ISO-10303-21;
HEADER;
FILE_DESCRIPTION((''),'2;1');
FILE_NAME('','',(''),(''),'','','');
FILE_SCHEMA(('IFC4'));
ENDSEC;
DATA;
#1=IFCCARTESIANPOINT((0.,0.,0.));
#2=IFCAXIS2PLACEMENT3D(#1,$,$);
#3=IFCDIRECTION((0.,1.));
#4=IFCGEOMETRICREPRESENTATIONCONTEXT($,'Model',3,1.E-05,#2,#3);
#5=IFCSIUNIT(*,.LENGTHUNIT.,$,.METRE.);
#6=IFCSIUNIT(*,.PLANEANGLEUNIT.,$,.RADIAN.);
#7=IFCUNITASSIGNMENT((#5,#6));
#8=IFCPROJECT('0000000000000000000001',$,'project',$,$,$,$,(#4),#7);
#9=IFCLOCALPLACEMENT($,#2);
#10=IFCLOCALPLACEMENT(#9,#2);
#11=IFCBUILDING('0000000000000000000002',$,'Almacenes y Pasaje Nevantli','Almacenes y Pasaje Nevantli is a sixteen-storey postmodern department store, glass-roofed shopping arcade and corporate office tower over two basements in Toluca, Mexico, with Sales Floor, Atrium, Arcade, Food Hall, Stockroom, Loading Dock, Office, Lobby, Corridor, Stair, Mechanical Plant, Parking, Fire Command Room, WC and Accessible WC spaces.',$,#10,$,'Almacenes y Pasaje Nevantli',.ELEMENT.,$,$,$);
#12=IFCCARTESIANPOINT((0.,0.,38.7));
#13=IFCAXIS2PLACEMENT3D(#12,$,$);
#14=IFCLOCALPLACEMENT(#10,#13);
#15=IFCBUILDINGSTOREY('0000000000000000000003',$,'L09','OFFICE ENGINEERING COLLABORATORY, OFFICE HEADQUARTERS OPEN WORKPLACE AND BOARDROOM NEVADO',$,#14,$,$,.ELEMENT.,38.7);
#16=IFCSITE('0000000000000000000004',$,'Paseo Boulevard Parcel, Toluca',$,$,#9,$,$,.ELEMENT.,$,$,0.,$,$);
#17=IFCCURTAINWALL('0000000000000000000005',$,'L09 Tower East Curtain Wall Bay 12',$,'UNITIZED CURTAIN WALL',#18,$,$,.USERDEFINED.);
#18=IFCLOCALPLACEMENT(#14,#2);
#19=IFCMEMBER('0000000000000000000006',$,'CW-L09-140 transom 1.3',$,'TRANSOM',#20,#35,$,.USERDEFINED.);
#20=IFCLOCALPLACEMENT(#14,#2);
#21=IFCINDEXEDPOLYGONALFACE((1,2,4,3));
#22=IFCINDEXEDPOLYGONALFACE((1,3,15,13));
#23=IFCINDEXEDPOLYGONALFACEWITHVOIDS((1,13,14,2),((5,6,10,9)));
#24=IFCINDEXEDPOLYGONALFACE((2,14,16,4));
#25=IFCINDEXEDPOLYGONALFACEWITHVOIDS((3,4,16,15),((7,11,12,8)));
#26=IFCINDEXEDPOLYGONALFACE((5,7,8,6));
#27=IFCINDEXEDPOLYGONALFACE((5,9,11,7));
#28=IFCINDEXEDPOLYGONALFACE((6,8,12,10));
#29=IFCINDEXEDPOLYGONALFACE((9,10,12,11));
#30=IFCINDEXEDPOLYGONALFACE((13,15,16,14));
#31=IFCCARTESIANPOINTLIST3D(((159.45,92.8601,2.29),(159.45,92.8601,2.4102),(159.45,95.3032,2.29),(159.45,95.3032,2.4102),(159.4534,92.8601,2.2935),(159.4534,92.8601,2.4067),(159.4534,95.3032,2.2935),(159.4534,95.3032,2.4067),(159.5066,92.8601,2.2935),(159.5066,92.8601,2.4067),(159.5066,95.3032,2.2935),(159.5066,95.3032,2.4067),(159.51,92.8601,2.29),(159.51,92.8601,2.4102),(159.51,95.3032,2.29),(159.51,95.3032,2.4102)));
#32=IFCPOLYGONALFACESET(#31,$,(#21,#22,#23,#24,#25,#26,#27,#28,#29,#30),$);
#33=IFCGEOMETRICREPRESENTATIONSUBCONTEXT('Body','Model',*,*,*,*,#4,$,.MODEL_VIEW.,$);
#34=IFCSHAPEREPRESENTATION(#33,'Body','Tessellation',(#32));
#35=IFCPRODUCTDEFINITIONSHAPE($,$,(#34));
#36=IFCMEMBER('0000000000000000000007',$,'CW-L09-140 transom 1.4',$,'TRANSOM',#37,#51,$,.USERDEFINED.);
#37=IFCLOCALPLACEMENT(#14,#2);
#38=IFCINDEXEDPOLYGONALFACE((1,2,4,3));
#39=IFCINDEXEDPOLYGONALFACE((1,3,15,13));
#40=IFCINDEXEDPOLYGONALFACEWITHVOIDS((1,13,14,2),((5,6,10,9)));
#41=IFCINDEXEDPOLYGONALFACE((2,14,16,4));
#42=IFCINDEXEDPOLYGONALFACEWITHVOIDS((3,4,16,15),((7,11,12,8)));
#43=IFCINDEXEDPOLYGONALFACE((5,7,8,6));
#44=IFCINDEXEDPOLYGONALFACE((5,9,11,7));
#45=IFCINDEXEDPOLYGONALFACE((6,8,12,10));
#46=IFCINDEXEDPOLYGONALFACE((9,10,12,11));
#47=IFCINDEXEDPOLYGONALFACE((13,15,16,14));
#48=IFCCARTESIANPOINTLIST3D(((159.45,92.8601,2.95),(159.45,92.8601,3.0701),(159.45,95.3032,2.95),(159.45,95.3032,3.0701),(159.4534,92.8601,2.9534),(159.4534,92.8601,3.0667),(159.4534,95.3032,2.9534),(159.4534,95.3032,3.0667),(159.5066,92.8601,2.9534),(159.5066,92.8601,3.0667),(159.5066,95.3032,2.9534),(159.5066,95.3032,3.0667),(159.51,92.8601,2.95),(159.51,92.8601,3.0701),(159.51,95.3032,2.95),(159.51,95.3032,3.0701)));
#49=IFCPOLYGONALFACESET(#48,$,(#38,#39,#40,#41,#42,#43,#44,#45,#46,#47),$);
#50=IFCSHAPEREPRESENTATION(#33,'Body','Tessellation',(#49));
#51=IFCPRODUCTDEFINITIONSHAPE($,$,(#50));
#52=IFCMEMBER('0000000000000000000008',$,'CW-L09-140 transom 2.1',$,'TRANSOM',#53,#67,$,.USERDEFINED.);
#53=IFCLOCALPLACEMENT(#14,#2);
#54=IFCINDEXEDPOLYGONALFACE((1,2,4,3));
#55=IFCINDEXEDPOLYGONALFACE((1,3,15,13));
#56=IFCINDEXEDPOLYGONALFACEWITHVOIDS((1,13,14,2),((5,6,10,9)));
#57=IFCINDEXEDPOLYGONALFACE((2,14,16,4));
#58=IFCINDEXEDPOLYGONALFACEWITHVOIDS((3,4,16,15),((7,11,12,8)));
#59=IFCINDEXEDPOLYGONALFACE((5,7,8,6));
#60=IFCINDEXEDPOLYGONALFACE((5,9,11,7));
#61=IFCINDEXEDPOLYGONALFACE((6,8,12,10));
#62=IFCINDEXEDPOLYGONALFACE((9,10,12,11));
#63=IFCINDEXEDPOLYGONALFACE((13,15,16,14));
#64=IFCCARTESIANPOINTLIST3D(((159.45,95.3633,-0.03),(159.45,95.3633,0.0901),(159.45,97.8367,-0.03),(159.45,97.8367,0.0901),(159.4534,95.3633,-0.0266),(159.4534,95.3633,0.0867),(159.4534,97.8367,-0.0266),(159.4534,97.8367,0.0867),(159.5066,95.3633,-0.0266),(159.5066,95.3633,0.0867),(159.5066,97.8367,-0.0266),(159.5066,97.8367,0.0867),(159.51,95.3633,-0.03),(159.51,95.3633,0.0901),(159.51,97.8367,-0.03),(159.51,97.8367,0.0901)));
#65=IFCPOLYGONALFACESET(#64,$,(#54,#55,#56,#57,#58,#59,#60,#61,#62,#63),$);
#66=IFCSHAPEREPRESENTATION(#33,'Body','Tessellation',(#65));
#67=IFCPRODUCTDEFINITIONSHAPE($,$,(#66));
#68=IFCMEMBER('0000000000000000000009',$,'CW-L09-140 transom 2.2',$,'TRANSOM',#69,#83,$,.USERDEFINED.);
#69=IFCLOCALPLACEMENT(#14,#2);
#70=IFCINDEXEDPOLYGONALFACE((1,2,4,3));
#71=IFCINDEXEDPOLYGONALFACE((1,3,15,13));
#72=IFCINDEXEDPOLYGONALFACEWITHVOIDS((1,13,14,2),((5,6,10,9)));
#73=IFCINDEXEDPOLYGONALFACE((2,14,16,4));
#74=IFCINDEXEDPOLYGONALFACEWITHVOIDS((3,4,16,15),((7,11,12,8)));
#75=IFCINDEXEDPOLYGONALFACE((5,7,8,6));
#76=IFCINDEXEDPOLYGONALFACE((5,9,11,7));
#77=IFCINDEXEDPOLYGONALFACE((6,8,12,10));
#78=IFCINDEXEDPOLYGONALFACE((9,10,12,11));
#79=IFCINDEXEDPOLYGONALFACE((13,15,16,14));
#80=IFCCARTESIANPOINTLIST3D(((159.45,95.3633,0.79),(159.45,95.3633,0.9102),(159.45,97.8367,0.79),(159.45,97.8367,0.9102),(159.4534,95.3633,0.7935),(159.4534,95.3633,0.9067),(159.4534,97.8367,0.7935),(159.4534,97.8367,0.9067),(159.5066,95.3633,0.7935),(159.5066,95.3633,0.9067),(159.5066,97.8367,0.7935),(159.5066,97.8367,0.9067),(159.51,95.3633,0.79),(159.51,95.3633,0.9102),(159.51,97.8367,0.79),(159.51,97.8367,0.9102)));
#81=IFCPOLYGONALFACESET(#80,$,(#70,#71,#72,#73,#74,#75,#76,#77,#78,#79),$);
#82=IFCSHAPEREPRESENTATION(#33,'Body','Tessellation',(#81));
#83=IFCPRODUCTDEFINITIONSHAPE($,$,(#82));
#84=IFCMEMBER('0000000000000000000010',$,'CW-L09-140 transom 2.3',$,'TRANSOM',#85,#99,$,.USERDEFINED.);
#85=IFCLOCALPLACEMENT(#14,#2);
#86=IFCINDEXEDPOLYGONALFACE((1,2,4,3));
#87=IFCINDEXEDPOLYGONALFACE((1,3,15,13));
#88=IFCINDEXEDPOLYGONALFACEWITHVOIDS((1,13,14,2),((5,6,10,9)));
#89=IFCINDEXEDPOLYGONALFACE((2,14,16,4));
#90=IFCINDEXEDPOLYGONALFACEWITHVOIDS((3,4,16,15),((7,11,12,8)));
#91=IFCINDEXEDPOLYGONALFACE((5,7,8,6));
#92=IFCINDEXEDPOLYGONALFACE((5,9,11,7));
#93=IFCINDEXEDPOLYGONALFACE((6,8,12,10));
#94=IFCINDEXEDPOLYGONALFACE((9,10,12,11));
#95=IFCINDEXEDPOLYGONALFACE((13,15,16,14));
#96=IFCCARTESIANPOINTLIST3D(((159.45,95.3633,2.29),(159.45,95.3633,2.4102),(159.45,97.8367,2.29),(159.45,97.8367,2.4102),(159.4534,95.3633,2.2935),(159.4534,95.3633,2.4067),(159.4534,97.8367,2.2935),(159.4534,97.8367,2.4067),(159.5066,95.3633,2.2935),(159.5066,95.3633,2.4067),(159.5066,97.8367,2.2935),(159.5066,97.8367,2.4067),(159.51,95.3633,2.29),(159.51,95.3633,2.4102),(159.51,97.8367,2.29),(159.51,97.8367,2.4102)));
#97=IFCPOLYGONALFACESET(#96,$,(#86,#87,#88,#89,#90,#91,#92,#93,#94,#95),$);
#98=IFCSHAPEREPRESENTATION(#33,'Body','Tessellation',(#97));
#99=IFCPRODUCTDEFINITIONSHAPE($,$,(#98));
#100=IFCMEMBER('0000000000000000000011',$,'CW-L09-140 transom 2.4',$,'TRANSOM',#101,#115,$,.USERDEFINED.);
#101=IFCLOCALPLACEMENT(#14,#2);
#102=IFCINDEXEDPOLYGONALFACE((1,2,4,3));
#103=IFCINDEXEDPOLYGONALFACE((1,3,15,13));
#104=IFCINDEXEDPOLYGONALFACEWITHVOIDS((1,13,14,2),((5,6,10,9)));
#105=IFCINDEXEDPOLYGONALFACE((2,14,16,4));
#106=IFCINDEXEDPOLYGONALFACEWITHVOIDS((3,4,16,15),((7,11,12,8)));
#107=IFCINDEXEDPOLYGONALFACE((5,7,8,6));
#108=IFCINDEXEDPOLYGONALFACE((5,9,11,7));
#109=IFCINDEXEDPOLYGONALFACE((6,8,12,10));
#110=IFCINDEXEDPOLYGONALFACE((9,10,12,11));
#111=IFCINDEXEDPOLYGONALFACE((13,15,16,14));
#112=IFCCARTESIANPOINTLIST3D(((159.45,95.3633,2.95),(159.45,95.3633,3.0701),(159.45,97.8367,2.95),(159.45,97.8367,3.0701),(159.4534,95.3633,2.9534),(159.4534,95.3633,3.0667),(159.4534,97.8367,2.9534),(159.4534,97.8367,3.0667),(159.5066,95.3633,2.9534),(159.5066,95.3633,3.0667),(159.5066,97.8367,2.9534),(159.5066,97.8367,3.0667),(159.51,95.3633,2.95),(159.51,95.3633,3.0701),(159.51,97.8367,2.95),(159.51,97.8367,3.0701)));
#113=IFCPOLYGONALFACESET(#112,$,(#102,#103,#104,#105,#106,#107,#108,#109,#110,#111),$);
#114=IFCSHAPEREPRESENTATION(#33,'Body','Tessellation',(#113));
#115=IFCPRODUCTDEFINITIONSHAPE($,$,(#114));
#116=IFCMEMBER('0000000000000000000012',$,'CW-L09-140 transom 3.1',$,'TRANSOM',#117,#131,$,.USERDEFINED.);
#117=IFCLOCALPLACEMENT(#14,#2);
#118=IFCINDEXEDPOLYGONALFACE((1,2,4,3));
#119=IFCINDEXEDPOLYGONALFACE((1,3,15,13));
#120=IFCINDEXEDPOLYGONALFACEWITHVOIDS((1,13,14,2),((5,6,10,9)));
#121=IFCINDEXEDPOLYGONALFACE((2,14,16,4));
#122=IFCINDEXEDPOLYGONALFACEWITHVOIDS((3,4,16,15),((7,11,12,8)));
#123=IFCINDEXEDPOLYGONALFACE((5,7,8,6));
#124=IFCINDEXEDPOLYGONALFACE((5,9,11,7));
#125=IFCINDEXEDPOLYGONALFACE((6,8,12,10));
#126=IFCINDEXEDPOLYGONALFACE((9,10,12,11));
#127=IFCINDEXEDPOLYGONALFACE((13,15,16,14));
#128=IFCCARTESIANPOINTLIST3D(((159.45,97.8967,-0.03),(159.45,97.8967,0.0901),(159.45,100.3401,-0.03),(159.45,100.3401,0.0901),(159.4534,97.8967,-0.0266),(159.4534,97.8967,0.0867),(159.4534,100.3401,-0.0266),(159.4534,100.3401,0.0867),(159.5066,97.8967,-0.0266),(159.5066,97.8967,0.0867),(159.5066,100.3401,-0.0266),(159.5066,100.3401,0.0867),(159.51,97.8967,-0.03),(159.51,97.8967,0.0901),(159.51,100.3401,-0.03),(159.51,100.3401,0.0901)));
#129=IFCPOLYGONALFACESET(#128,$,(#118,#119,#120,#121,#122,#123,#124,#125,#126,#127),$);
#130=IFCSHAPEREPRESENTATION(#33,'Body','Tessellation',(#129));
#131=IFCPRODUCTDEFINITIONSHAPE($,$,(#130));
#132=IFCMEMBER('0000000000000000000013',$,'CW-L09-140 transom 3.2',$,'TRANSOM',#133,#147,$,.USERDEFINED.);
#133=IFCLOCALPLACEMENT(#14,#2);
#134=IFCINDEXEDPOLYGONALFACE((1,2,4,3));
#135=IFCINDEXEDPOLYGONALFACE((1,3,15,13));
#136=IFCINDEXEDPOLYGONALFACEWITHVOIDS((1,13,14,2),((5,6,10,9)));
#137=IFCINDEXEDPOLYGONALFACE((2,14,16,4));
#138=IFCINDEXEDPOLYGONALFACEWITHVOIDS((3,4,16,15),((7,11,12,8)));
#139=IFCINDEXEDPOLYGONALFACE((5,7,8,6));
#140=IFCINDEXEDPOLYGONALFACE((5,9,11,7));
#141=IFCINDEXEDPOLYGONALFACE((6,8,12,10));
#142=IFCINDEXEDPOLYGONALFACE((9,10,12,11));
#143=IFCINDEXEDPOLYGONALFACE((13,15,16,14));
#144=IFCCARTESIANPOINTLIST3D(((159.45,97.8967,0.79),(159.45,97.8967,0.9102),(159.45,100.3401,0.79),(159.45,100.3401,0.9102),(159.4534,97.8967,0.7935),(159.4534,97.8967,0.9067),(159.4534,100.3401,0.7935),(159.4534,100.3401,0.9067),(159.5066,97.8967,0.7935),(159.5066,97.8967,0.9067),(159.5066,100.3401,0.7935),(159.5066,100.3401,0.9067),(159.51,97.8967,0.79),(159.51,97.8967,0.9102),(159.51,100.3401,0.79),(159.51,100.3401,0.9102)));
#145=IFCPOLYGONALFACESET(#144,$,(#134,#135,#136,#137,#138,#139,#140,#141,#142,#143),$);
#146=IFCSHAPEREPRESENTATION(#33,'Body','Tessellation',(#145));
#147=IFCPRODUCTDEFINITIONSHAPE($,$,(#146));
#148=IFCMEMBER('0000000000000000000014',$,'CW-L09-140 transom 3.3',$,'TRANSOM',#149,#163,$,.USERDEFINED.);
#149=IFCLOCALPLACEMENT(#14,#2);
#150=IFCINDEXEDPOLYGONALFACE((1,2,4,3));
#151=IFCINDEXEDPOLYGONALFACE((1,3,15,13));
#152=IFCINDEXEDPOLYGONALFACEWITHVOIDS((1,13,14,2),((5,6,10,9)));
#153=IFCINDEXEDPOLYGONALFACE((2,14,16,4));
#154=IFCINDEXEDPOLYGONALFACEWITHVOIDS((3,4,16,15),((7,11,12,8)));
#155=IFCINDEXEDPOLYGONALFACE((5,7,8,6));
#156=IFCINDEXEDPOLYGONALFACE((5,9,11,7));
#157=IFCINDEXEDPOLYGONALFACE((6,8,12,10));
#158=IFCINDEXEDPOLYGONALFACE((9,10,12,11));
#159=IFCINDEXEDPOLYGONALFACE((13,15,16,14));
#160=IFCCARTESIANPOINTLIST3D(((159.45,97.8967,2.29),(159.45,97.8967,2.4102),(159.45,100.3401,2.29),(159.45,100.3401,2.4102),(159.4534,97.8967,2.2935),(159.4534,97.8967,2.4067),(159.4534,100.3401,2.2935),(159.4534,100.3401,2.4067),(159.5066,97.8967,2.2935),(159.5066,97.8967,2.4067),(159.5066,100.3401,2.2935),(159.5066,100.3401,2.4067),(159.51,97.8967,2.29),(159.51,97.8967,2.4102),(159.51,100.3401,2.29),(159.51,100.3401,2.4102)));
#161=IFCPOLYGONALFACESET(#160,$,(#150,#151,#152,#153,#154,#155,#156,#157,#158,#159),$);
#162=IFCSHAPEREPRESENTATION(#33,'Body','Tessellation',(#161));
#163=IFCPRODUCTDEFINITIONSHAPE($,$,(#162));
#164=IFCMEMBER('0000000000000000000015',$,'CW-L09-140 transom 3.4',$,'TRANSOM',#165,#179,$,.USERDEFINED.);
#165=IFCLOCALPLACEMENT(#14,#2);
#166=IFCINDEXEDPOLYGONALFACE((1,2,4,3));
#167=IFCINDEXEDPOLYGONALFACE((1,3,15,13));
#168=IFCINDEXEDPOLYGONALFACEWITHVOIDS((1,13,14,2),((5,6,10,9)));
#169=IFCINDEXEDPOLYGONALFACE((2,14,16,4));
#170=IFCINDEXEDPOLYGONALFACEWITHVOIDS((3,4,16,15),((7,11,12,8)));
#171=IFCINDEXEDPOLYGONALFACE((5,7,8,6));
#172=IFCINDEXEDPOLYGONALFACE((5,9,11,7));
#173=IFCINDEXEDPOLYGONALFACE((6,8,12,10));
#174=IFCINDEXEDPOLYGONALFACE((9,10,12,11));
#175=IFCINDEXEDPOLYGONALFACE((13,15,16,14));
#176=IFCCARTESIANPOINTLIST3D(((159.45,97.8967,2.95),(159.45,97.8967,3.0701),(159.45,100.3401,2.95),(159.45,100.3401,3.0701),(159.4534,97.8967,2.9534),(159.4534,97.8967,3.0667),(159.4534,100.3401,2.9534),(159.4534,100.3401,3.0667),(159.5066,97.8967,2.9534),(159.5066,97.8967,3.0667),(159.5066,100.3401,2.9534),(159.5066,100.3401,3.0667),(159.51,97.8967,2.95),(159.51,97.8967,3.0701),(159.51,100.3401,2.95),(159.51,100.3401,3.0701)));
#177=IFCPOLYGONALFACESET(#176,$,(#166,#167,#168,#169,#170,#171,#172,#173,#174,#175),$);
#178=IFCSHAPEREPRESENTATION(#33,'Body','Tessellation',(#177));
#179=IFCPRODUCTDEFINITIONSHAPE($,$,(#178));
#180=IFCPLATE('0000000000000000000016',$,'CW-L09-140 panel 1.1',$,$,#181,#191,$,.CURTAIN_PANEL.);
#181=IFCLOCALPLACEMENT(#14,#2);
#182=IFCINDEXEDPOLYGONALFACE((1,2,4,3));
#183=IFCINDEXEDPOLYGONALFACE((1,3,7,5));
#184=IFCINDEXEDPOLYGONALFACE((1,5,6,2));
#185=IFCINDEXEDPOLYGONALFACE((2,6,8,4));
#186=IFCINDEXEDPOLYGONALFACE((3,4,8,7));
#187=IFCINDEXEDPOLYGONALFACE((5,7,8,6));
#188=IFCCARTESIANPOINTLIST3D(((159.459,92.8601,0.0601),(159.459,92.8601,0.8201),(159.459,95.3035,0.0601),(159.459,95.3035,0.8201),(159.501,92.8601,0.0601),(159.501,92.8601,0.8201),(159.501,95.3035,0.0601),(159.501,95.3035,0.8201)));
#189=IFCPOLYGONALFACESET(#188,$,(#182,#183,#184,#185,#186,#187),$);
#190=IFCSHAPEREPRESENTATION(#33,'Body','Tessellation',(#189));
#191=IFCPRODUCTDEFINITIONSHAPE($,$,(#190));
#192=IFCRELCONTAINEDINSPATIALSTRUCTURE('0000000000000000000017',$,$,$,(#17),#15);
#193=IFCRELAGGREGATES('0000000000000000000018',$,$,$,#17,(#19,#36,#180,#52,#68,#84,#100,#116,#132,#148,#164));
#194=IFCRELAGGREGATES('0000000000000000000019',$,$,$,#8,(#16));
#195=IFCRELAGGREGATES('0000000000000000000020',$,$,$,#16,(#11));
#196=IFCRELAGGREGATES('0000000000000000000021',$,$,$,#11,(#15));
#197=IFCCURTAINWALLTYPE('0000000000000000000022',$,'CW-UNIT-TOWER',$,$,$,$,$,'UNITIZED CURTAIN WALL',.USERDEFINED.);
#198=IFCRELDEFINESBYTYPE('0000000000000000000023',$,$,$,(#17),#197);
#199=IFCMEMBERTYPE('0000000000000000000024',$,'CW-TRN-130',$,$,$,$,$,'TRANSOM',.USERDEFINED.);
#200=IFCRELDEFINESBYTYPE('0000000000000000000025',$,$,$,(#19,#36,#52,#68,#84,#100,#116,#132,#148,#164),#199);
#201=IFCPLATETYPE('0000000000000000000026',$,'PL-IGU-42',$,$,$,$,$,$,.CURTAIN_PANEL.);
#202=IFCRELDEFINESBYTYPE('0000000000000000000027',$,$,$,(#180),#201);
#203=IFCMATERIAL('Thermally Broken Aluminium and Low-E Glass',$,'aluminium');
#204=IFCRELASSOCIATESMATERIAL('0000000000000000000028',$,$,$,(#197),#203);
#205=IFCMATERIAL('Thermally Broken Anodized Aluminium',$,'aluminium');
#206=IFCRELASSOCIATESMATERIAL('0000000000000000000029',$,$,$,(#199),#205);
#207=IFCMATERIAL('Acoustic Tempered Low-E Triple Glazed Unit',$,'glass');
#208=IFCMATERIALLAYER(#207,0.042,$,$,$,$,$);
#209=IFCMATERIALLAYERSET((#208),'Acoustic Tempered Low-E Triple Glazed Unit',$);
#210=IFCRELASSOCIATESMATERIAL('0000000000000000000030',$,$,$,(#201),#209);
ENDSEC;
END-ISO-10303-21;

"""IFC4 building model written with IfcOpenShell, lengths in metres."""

from ifc_helpers import new_model, si_unit, direction, frame, origin, origin_2d, place, context, subcontext, project, spatial, rectangle, hollow_rectangle, extrude, material, layer, layer_set, material_profile, profile_set, type_object, element, aggregate, save


model = new_model("IFC4")

# Units and contexts
model_context = context("Model", 3, precision=1e-05, world=origin(), true_north=direction((0.0, 1.0)))
body_context = subcontext(model_context, "Body", "Model", "MODEL_VIEW")
ifc_project = project(units=[si_unit("LENGTHUNIT", "METRE"), si_unit("PLANEANGLEUNIT", "RADIAN")], contexts=[model_context])

# Site, building, storey
site_placement = place(None, origin())
site = spatial("IfcSite", under=ifc_project, at=site_placement, Name="Paseo Boulevard Parcel, Toluca", CompositionType="ELEMENT", RefElevation=0.0)
building_placement = place(site_placement, origin())
building = spatial("IfcBuilding", under=site, at=building_placement, Name="Almacenes y Pasaje Nevantli", Description="Almacenes y Pasaje Nevantli is a sixteen-storey postmodern department store, glass-roofed shopping arcade and corporate office tower over two basements in Toluca, Mexico, with Sales Floor, Atrium, Arcade, Food Hall, Stockroom, Loading Dock, Office, Lobby, Corridor, Stair, Mechanical Plant, Parking, Fire Command Room, WC and Accessible WC spaces.", LongName="Almacenes y Pasaje Nevantli", CompositionType="ELEMENT")
storey_placement = place(building_placement, frame((0.0, 0.0, 38.7)))
storey = spatial("IfcBuildingStorey", under=building, at=storey_placement, Name="L09", Description="OFFICE ENGINEERING COLLABORATORY, OFFICE HEADQUARTERS OPEN WORKPLACE AND BOARDROOM NEVADO", CompositionType="ELEMENT", Elevation=38.7)

# Curtain wall, members, plate
ifc_material_1 = material(Name="Thermally Broken Aluminium and Low-E Glass", Category="aluminium")
curtain_wall_type = type_object("IfcCurtainWallType", Name="CW-UNIT-TOWER", ElementType="UNITIZED CURTAIN WALL", PredefinedType="USERDEFINED", material=ifc_material_1)
curtain_wall_placement = place(storey_placement, origin())
curtain_wall = element("IfcCurtainWall", 1, at=curtain_wall_placement, inside=storey, type_object=curtain_wall_type, Name="L09 Tower East Curtain Wall Bay 12", ObjectType="UNITIZED CURTAIN WALL", PredefinedType="USERDEFINED")
ifc_material_2 = material(Name="Thermally Broken Anodized Aluminium", Category="aluminium")
ifc_material_profile_1 = material_profile(ifc_material_2, hollow_rectangle(XDim=0.0601, YDim=0.1201, WallThickness=0.0034, at=origin_2d()), Name="ALU-TRN-60x120")
ifc_profile_set_1 = profile_set([ifc_material_profile_1], Name="Thermally Broken Anodized Aluminium")
member_type_1 = type_object("IfcMemberType", Name="CW-TRN-130", ElementType="TRANSOM", PredefinedType="USERDEFINED", material=ifc_profile_set_1)
member_1_placement = place(storey_placement, frame((159.48, 92.8601, 2.3501), z_axis=(0.0, 1.0, 0.0), x_axis=(-1.0, 0.0, 0.0)))
member_1 = element("IfcMember", 2, at=member_1_placement, type_object=member_type_1, Name="CW-L09-140 transom 1.3", ObjectType="TRANSOM", PredefinedType="USERDEFINED", context=body_context, shape_type="SweptSolid", body=[
    extrude(hollow_rectangle(XDim=0.0601, YDim=0.1201, WallThickness=0.0034, at=origin_2d()), origin(), (0.0, 0.0, 1.0), 2.4431),
])
member_2_placement = place(storey_placement, frame((159.48, 92.8601, 3.01), z_axis=(0.0, 1.0, 0.0), x_axis=(-1.0, 0.0, 0.0)))
member_2 = element("IfcMember", 3, at=member_2_placement, type_object=member_type_1, Name="CW-L09-140 transom 1.4", ObjectType="TRANSOM", PredefinedType="USERDEFINED", context=body_context, shape_type="SweptSolid", body=[
    extrude(hollow_rectangle(XDim=0.0601, YDim=0.1201, WallThickness=0.0034, at=origin_2d()), origin(), (0.0, 0.0, 1.0), 2.4431),
])
member_3_placement = place(storey_placement, frame((159.48, 95.3633, 0.03), z_axis=(0.0, 1.0, 0.0), x_axis=(-1.0, 0.0, 0.0)))
member_3 = element("IfcMember", 4, at=member_3_placement, type_object=member_type_1, Name="CW-L09-140 transom 2.1", ObjectType="TRANSOM", PredefinedType="USERDEFINED", context=body_context, shape_type="SweptSolid", body=[
    extrude(hollow_rectangle(XDim=0.0601, YDim=0.1201, WallThickness=0.0034, at=origin_2d()), origin(), (0.0, 0.0, 1.0), 2.4734),
])
member_4_placement = place(storey_placement, frame((159.48, 95.3633, 0.8501), z_axis=(0.0, 1.0, 0.0), x_axis=(-1.0, 0.0, 0.0)))
member_4 = element("IfcMember", 5, at=member_4_placement, type_object=member_type_1, Name="CW-L09-140 transom 2.2", ObjectType="TRANSOM", PredefinedType="USERDEFINED", context=body_context, shape_type="SweptSolid", body=[
    extrude(hollow_rectangle(XDim=0.0601, YDim=0.1201, WallThickness=0.0034, at=origin_2d()), origin(), (0.0, 0.0, 1.0), 2.4734),
])
member_5_placement = place(storey_placement, frame((159.48, 95.3633, 2.3501), z_axis=(0.0, 1.0, 0.0), x_axis=(-1.0, 0.0, 0.0)))
member_5 = element("IfcMember", 6, at=member_5_placement, type_object=member_type_1, Name="CW-L09-140 transom 2.3", ObjectType="TRANSOM", PredefinedType="USERDEFINED", context=body_context, shape_type="SweptSolid", body=[
    extrude(hollow_rectangle(XDim=0.0601, YDim=0.1201, WallThickness=0.0034, at=origin_2d()), origin(), (0.0, 0.0, 1.0), 2.4734),
])
member_6_placement = place(storey_placement, frame((159.48, 95.3633, 3.01), z_axis=(0.0, 1.0, 0.0), x_axis=(-1.0, 0.0, 0.0)))
member_6 = element("IfcMember", 7, at=member_6_placement, type_object=member_type_1, Name="CW-L09-140 transom 2.4", ObjectType="TRANSOM", PredefinedType="USERDEFINED", context=body_context, shape_type="SweptSolid", body=[
    extrude(hollow_rectangle(XDim=0.0601, YDim=0.1201, WallThickness=0.0034, at=origin_2d()), origin(), (0.0, 0.0, 1.0), 2.4734),
])
member_7_placement = place(storey_placement, frame((159.48, 97.8967, 0.03), z_axis=(0.0, 1.0, 0.0), x_axis=(-1.0, 0.0, 0.0)))
member_7 = element("IfcMember", 8, at=member_7_placement, type_object=member_type_1, Name="CW-L09-140 transom 3.1", ObjectType="TRANSOM", PredefinedType="USERDEFINED", context=body_context, shape_type="SweptSolid", body=[
    extrude(hollow_rectangle(XDim=0.0601, YDim=0.1201, WallThickness=0.0034, at=origin_2d()), origin(), (0.0, 0.0, 1.0), 2.4434),
])
member_8_placement = place(storey_placement, frame((159.48, 97.8967, 0.8501), z_axis=(0.0, 1.0, 0.0), x_axis=(-1.0, 0.0, 0.0)))
member_8 = element("IfcMember", 9, at=member_8_placement, type_object=member_type_1, Name="CW-L09-140 transom 3.2", ObjectType="TRANSOM", PredefinedType="USERDEFINED", context=body_context, shape_type="SweptSolid", body=[
    extrude(hollow_rectangle(XDim=0.0601, YDim=0.1201, WallThickness=0.0034, at=origin_2d()), origin(), (0.0, 0.0, 1.0), 2.4434),
])
member_9_placement = place(storey_placement, frame((159.48, 97.8967, 2.3501), z_axis=(0.0, 1.0, 0.0), x_axis=(-1.0, 0.0, 0.0)))
member_9 = element("IfcMember", 10, at=member_9_placement, type_object=member_type_1, Name="CW-L09-140 transom 3.3", ObjectType="TRANSOM", PredefinedType="USERDEFINED", context=body_context, shape_type="SweptSolid", body=[
    extrude(hollow_rectangle(XDim=0.0601, YDim=0.1201, WallThickness=0.0034, at=origin_2d()), origin(), (0.0, 0.0, 1.0), 2.4434),
])
member_10_placement = place(storey_placement, frame((159.48, 97.8967, 3.01), z_axis=(0.0, 1.0, 0.0), x_axis=(-1.0, 0.0, 0.0)))
member_10 = element("IfcMember", 11, at=member_10_placement, type_object=member_type_1, Name="CW-L09-140 transom 3.4", ObjectType="TRANSOM", PredefinedType="USERDEFINED", context=body_context, shape_type="SweptSolid", body=[
    extrude(hollow_rectangle(XDim=0.0601, YDim=0.1201, WallThickness=0.0034, at=origin_2d()), origin(), (0.0, 0.0, 1.0), 2.4434),
])
ifc_material_3 = material(Name="Acoustic Tempered Low-E Triple Glazed Unit", Category="glass")
ifc_layer = layer(ifc_material_3, 0.042)
ifc_layer_set = layer_set([ifc_layer], Name="Acoustic Tempered Low-E Triple Glazed Unit")
plate_type = type_object("IfcPlateType", Name="PL-IGU-42", PredefinedType="CURTAIN_PANEL", material=ifc_layer_set)
plate_1_placement = place(storey_placement, frame((159.48, 94.0818, 0.0601), z_axis=(0.0, 0.0, 1.0), x_axis=(0.0, 1.0, 0.0)))
plate_1 = element("IfcPlate", 12, at=plate_1_placement, type_object=plate_type, Name="CW-L09-140 panel 1.1", PredefinedType="CURTAIN_PANEL", context=body_context, shape_type="SweptSolid", body=[
    extrude(rectangle(XDim=2.4434, YDim=0.042, at=origin_2d()), origin(), (0.0, 0.0, 1.0), 0.76),
])
aggregate(curtain_wall, [member_1, member_2, plate_1, member_3, member_4, member_5, member_6, member_7, member_8, member_9, member_10])

save(model, "model.ifc")
